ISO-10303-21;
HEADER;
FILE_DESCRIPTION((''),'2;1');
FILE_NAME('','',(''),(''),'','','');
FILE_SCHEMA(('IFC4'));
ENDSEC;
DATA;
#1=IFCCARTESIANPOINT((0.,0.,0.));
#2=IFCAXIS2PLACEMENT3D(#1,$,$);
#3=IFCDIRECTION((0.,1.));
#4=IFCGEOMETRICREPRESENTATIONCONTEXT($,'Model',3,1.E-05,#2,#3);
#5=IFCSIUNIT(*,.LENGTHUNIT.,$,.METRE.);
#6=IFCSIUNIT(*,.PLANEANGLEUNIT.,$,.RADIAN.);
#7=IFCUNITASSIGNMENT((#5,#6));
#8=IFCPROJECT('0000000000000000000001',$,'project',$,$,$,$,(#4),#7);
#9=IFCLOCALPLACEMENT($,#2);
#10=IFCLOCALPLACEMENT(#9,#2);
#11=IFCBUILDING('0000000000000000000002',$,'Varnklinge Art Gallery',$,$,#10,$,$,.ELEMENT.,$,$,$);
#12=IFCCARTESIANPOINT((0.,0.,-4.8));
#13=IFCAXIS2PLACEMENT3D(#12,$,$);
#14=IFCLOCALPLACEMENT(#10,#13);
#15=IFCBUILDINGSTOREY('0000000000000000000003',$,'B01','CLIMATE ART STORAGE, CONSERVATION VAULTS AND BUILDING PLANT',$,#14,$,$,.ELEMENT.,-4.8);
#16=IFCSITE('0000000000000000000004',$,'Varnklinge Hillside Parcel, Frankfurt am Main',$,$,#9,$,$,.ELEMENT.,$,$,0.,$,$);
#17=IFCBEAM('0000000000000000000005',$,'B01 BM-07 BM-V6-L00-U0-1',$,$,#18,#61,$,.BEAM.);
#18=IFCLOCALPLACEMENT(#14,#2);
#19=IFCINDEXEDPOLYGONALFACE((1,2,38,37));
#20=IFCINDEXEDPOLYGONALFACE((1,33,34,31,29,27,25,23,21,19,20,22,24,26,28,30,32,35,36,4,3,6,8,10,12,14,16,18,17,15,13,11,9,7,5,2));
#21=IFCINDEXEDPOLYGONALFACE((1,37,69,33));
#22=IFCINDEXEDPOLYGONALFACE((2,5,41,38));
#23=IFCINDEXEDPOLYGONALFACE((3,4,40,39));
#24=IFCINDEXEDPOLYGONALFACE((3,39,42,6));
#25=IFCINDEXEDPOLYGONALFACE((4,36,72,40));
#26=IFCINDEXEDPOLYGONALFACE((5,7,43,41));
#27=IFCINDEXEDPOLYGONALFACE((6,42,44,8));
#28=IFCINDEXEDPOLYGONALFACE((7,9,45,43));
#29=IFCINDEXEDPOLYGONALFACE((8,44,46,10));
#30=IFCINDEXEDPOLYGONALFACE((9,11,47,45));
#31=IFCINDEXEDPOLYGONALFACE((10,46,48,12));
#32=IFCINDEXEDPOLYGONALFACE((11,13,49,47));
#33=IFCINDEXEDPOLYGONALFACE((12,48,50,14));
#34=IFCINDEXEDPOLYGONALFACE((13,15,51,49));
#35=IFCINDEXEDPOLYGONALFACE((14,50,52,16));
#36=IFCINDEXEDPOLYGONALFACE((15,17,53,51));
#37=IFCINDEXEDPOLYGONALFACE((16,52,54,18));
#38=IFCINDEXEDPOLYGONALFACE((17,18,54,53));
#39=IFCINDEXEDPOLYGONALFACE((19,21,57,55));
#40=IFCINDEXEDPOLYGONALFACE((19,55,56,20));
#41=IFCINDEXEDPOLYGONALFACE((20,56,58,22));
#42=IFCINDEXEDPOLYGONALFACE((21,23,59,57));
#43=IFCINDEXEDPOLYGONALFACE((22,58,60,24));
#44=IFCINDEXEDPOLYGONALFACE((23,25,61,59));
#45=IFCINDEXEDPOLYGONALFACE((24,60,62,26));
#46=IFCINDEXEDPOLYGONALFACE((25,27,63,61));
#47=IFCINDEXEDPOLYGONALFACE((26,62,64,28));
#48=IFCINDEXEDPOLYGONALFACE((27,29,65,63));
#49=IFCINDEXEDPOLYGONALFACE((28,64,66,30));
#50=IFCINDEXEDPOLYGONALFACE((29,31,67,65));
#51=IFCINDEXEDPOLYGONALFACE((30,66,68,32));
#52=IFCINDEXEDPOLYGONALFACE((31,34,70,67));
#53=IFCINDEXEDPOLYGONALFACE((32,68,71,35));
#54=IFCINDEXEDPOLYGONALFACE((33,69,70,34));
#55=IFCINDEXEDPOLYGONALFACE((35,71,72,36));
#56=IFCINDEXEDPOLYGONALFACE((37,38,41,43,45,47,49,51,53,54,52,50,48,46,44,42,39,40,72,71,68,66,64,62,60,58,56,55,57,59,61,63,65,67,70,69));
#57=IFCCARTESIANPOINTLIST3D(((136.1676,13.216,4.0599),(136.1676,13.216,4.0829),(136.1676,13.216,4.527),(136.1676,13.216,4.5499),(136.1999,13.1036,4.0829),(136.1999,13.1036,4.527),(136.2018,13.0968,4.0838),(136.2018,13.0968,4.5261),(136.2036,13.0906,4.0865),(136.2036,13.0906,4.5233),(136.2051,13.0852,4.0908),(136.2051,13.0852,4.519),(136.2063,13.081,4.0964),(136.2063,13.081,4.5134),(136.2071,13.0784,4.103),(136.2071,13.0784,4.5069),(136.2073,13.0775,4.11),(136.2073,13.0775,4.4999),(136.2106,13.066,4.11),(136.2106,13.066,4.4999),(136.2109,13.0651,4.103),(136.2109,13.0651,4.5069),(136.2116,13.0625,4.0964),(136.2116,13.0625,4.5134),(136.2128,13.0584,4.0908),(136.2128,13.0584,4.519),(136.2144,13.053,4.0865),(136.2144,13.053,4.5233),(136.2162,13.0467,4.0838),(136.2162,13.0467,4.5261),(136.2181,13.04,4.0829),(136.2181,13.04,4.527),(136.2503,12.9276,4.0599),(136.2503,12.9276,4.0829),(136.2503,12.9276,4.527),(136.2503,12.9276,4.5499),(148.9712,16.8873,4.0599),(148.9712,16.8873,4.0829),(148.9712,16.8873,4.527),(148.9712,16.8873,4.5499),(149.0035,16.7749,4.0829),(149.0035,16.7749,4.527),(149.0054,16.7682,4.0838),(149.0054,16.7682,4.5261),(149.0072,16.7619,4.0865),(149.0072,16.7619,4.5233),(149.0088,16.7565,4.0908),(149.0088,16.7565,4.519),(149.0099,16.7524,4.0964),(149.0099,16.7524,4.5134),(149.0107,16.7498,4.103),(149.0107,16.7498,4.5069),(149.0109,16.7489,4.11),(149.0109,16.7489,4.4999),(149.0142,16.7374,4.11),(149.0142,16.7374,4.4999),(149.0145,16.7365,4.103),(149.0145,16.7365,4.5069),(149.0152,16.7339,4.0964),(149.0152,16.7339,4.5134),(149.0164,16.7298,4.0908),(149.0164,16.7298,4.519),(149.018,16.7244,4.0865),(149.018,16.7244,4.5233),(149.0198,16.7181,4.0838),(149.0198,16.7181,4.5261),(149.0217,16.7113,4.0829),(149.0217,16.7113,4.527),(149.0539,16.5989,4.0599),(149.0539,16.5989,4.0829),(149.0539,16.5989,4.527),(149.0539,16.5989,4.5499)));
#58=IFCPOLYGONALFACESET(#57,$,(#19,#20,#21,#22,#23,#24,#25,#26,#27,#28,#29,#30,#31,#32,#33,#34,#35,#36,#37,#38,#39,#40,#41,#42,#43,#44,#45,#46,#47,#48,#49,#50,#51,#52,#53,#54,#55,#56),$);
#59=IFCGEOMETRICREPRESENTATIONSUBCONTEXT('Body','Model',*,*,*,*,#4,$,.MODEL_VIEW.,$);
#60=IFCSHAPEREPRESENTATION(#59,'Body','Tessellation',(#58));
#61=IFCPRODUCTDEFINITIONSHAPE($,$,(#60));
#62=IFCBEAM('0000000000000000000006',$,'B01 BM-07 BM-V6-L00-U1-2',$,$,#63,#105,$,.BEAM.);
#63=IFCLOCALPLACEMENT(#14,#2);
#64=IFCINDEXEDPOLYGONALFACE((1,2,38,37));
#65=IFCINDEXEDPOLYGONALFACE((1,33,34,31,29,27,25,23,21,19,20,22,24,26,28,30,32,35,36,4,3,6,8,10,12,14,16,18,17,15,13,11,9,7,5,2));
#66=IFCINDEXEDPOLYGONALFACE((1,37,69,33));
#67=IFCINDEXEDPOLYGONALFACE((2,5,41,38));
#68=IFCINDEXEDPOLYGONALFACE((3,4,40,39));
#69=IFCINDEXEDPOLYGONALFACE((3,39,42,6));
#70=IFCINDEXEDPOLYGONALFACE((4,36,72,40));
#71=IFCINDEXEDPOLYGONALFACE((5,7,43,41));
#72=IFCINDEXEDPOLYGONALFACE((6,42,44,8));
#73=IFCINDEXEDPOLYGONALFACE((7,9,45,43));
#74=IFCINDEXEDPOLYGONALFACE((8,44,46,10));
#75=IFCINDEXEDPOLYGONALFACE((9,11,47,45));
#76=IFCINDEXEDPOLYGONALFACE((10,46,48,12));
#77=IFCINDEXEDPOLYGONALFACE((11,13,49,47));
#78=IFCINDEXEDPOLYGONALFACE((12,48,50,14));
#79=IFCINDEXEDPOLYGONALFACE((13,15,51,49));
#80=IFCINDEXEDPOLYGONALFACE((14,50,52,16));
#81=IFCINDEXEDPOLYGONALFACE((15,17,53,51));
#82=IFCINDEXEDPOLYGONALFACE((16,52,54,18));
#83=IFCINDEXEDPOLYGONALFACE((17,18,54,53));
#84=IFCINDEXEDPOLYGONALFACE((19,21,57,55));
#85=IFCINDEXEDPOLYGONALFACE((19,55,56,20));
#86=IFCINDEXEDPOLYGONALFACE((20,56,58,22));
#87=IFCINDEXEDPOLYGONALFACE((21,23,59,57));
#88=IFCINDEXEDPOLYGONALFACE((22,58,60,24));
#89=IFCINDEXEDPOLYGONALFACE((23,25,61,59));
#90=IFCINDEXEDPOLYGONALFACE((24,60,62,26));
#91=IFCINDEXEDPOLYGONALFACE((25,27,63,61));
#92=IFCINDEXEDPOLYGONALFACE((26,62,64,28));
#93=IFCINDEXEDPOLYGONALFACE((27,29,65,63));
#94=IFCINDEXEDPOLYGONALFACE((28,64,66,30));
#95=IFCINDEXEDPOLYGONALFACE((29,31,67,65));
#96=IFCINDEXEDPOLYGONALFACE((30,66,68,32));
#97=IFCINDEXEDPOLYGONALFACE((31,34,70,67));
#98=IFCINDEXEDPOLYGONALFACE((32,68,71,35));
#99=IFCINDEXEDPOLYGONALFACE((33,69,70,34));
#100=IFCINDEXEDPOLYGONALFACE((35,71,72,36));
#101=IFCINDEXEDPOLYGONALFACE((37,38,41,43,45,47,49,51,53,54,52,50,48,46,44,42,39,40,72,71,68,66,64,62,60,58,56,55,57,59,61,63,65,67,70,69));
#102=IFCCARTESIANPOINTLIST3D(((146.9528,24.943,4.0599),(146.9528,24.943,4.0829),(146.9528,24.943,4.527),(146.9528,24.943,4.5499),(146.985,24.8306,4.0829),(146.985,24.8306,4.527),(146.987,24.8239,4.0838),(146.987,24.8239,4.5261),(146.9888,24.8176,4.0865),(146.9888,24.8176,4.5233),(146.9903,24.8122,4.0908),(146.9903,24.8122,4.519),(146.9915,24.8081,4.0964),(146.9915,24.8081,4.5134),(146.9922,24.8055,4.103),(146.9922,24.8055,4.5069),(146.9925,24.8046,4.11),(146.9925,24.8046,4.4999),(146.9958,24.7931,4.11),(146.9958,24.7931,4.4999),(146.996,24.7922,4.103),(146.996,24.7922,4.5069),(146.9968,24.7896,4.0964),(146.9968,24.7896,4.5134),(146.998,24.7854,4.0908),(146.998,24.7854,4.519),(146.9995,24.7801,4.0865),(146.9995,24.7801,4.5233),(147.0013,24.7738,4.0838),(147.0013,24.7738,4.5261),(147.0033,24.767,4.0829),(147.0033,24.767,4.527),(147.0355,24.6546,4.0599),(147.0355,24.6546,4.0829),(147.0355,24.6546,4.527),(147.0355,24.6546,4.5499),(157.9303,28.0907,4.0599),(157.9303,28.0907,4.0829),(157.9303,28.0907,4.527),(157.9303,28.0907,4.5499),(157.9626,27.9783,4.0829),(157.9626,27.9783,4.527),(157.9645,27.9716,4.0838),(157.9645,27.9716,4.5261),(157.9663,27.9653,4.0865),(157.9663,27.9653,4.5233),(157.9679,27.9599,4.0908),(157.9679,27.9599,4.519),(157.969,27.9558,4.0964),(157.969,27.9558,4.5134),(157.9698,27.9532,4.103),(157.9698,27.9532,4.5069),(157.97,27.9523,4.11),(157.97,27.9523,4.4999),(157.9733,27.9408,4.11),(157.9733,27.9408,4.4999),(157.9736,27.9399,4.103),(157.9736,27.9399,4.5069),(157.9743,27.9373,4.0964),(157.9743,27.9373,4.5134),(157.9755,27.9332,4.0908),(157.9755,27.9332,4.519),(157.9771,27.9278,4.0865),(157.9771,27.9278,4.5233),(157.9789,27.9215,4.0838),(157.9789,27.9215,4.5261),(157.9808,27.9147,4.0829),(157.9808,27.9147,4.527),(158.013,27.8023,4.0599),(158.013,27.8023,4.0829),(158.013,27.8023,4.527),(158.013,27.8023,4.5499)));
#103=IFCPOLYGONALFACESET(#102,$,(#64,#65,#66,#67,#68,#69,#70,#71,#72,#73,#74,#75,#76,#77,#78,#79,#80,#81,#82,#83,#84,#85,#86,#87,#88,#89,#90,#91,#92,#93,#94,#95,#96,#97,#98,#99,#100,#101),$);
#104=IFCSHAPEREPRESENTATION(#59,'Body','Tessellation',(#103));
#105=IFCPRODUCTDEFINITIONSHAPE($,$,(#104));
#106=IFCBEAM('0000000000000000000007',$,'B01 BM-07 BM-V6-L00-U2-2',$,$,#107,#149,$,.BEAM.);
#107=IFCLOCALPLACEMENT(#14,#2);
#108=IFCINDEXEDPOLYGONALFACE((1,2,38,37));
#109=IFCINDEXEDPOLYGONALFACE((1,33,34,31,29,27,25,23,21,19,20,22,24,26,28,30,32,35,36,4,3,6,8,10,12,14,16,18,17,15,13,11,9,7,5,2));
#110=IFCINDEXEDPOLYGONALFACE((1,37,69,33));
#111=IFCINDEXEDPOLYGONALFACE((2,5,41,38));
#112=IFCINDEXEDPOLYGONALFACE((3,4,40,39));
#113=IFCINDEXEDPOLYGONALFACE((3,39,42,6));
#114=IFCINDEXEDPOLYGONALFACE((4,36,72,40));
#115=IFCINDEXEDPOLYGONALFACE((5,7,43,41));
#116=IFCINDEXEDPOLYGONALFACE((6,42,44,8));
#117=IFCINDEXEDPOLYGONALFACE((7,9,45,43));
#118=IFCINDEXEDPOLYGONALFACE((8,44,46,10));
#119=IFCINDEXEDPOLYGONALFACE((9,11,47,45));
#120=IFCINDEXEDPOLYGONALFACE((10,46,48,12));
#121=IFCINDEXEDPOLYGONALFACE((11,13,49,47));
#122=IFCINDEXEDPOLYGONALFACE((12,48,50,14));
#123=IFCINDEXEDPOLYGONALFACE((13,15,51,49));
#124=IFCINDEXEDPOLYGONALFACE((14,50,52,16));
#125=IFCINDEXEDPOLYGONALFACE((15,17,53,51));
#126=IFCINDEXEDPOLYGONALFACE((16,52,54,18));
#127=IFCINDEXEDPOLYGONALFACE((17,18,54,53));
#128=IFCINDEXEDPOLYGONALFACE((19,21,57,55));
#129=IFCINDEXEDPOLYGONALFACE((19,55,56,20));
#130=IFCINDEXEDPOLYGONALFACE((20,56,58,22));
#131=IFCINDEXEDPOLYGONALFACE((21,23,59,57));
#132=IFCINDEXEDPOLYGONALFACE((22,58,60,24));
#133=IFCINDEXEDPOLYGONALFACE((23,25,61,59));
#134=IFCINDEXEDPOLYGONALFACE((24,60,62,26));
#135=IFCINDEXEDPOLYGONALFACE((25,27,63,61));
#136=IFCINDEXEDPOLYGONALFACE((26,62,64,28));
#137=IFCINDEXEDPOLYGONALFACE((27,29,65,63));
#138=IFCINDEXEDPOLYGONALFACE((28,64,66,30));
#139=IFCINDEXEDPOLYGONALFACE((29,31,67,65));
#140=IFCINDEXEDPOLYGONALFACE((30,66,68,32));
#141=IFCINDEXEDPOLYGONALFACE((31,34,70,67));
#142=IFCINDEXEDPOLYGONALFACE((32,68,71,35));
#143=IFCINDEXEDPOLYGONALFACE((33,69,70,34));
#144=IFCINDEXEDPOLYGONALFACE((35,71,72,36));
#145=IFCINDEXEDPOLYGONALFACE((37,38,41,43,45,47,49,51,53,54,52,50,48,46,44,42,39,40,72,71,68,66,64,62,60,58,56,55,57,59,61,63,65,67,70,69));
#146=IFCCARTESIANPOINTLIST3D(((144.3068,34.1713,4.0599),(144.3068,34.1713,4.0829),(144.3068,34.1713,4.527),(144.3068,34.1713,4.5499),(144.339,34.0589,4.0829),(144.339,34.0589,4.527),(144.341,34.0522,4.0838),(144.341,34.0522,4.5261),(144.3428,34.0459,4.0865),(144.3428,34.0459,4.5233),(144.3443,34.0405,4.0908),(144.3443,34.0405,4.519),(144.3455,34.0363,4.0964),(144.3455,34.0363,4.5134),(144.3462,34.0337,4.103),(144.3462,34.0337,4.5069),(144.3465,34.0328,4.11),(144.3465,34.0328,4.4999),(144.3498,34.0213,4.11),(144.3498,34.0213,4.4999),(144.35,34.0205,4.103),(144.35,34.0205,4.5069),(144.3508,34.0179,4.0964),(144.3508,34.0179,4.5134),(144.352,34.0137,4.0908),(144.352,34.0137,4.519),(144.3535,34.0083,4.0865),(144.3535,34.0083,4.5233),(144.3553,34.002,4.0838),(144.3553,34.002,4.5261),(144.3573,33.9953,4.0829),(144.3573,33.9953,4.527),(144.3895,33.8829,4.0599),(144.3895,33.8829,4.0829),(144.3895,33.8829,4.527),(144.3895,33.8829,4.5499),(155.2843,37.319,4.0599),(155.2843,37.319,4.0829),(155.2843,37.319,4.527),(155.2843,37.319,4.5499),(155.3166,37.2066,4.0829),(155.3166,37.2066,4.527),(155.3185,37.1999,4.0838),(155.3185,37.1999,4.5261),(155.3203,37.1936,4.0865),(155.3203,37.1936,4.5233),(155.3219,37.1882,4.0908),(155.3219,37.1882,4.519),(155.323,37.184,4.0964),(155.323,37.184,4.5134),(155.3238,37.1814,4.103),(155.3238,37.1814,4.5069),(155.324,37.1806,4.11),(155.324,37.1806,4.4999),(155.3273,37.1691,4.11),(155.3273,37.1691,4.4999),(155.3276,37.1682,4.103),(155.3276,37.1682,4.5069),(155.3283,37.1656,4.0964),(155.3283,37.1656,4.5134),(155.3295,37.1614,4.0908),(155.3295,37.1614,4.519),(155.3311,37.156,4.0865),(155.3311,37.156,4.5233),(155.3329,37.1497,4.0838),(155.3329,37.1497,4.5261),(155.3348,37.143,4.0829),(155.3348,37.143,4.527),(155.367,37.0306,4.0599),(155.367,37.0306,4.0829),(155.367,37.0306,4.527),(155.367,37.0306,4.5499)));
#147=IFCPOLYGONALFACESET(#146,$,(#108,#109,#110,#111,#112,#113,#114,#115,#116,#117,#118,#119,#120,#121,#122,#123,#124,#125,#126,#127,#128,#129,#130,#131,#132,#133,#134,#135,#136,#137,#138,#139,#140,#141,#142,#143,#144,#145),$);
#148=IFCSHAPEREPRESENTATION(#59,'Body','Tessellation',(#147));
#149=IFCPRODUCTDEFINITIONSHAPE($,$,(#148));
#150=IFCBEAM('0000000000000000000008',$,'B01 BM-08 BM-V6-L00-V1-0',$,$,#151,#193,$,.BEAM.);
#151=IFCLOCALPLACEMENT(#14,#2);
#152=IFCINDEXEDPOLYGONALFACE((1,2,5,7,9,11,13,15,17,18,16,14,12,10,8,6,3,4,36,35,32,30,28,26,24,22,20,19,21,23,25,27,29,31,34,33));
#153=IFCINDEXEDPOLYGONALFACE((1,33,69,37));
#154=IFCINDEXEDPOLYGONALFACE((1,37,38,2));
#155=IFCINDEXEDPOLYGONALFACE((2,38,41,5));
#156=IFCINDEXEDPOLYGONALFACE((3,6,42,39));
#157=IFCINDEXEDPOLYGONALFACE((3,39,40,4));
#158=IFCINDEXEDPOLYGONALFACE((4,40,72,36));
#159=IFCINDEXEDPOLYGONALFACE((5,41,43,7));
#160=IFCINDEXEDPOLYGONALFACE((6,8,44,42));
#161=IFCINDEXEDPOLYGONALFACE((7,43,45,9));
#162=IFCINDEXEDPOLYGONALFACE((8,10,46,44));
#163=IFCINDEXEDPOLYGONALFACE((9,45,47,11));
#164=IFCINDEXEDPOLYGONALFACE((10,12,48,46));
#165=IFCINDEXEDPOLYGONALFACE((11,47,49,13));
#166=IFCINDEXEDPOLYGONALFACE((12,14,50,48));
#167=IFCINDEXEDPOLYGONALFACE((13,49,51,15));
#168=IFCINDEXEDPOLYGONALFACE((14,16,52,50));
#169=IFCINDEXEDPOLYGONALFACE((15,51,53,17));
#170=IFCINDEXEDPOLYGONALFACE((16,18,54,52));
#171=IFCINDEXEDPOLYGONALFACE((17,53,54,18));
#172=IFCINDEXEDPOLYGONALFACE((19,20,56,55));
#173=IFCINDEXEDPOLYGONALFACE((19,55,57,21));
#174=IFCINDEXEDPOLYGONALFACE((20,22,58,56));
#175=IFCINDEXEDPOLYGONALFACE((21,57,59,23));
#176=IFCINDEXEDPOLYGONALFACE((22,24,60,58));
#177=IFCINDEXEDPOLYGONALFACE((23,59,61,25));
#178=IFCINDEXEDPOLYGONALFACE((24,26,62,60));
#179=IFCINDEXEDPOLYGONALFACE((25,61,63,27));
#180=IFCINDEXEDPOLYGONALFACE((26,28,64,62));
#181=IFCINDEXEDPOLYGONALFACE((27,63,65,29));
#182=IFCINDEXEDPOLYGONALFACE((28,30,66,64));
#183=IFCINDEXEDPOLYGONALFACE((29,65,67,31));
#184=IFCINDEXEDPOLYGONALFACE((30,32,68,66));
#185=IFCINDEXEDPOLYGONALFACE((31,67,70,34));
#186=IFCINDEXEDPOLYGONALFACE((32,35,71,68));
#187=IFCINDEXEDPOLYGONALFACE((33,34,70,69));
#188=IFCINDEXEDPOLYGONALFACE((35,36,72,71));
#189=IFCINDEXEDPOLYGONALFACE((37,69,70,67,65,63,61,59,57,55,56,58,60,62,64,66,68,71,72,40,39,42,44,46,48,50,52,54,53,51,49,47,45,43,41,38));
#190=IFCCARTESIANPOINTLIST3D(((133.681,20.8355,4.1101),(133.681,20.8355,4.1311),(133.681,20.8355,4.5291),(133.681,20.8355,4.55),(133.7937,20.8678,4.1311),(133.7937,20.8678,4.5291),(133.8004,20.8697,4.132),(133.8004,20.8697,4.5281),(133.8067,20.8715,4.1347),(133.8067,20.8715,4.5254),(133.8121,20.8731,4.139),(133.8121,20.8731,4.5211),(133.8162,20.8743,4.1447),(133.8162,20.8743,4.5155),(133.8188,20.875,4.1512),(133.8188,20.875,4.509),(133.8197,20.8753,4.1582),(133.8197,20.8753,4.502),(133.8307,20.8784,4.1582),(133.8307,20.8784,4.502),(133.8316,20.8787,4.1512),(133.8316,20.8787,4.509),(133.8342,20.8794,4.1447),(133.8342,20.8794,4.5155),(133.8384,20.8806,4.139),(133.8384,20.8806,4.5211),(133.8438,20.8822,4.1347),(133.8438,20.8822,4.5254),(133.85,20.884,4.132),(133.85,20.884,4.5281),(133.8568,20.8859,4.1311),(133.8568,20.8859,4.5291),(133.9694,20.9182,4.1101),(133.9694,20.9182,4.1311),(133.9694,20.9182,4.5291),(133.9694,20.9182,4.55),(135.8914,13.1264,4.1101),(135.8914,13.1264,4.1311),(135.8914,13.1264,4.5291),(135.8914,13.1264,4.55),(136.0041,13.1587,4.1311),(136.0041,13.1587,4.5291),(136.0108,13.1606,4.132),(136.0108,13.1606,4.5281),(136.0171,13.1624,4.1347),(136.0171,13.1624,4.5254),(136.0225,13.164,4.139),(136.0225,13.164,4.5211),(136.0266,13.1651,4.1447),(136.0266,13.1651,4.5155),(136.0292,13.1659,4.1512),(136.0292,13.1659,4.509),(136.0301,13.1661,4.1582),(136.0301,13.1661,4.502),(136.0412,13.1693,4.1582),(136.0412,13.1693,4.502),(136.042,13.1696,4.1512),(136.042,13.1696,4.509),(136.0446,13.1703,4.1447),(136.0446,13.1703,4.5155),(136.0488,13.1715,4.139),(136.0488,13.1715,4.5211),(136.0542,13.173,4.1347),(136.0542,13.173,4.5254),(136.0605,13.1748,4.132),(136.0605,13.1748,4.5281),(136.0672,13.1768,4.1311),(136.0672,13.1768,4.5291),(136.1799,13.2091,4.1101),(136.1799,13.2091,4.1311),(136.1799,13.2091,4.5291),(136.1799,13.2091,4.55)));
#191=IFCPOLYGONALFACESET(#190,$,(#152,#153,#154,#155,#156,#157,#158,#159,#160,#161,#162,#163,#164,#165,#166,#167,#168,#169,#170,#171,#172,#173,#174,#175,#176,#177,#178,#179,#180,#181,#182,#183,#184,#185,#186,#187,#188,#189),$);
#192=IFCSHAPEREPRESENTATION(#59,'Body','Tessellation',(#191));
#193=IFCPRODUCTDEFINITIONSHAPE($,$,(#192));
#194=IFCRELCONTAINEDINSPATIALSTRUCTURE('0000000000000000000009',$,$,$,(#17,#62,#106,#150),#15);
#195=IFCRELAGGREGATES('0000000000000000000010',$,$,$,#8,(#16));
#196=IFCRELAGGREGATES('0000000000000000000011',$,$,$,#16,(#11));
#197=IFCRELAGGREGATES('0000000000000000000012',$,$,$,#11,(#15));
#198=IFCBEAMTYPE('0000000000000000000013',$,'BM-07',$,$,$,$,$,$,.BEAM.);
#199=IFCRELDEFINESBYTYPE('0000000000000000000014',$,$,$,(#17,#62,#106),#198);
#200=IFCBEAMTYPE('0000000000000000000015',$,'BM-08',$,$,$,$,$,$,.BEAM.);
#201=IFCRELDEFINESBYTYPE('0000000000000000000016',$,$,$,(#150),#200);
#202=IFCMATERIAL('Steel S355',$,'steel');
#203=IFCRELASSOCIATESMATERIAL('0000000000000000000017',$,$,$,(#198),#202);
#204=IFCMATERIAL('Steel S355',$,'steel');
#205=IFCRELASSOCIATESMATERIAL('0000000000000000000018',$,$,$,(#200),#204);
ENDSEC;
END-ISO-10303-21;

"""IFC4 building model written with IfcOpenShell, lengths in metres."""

from ifc_helpers import new_model, si_unit, direction, frame, origin, origin_2d, place, context, subcontext, project, spatial, i_section, extrude, material, material_profile, profile_set, type_object, element, save


model = new_model("IFC4")

# Units and contexts
model_context = context("Model", 3, precision=1e-05, world=origin(), true_north=direction((0.0, 1.0)))
body_context = subcontext(model_context, "Body", "Model", "MODEL_VIEW")
ifc_project = project(units=[si_unit("LENGTHUNIT", "METRE"), si_unit("PLANEANGLEUNIT", "RADIAN")], contexts=[model_context])

# Site, building, storey
site_placement = place(None, origin())
site = spatial("IfcSite", under=ifc_project, at=site_placement, Name="Varnklinge Hillside Parcel, Frankfurt am Main", CompositionType="ELEMENT", RefElevation=0.0)
building_placement = place(site_placement, origin())
building = spatial("IfcBuilding", under=site, at=building_placement, Name="Varnklinge Art Gallery", CompositionType="ELEMENT")
storey_placement = place(building_placement, frame((0.0, 0.0, -4.8)))
storey = spatial("IfcBuildingStorey", under=building, at=storey_placement, Name="B01", Description="CLIMATE ART STORAGE, CONSERVATION VAULTS AND BUILDING PLANT", CompositionType="ELEMENT", Elevation=-4.8)

# Beams
ifc_material_1 = material(Name="Steel S355", Category="steel")
ifc_material_profile_1 = material_profile(ifc_material_1, i_section(OverallWidth=0.3, OverallDepth=0.49, WebThickness=0.012, FlangeThickness=0.0229, FilletRadius=0.0271, at=origin_2d()), Name="HEA 500")
ifc_profile_set_1 = profile_set([ifc_material_profile_1], Name="Steel S355")
beam_type_1 = type_object("IfcBeamType", Name="BM-07", PredefinedType="BEAM", material=ifc_profile_set_1)
beam_1_placement = place(storey_placement, frame((136.209, 13.0718, 4.3049), z_axis=(0.961262, 0.275636, 0.0), x_axis=(-0.275636, 0.961262, 0.0)))
element("IfcBeam", 1, at=beam_1_placement, inside=storey, type_object=beam_type_1, Name="B01 BM-07 BM-V6-L00-U0-1", PredefinedType="BEAM", context=body_context, shape_type="SweptSolid", body=[
    extrude(i_section(OverallWidth=0.3, OverallDepth=0.49, WebThickness=0.012, FlangeThickness=0.0229, FilletRadius=0.0271, at=origin_2d()), origin(), (0.0, 0.0, 1.0), 13.3196),
])
for number, where, z_axis, x_axis, name in (
    (2, (146.9941, 24.7988, 4.3049), (0.961263, 0.275633, 0.0), (-0.275633, 0.961263, 0.0), "B01 BM-07 BM-V6-L00-U1-2"),
    (3, (144.3481, 34.0271, 4.3049), (0.961263, 0.275633, 0.0), (-0.275633, 0.961263, 0.0), "B01 BM-07 BM-V6-L00-U2-2"),
):
    element("IfcBeam", number, at=place(storey_placement, frame(where, z_axis=z_axis, x_axis=x_axis)), inside=storey, type_object=beam_type_1, Name=name, PredefinedType="BEAM", context=body_context, shape_type="SweptSolid", body=[
        extrude(i_section(OverallWidth=0.3, OverallDepth=0.49, WebThickness=0.012, FlangeThickness=0.0229, FilletRadius=0.0271, at=origin_2d()), origin(), (0.0, 0.0, 1.0), 11.4199),
    ])
ifc_material_2 = material(Name="Steel S355", Category="steel")
ifc_material_profile_2 = material_profile(ifc_material_2, i_section(OverallWidth=0.3, OverallDepth=0.4399, WebThickness=0.0115, FlangeThickness=0.021, FilletRadius=0.0271, at=origin_2d()), Name="HEA 450")
ifc_profile_set_2 = profile_set([ifc_material_profile_2], Name="Steel S355")
beam_type_2 = type_object("IfcBeamType", Name="BM-08", PredefinedType="BEAM", material=ifc_profile_set_2)
beam_2_placement = place(storey_placement, frame((136.0356, 13.1677, 4.3301), z_axis=(-0.275622, 0.961266, 0.0), x_axis=(-0.961266, -0.275622, 0.0)))
element("IfcBeam", 4, at=beam_2_placement, inside=storey, type_object=beam_type_2, Name="B01 BM-08 BM-V6-L00-V1-0", PredefinedType="BEAM", context=body_context, shape_type="SweptSolid", body=[
    extrude(i_section(OverallWidth=0.3, OverallDepth=0.4399, WebThickness=0.0115, FlangeThickness=0.021, FilletRadius=0.0271, at=origin_2d()), origin(), (0.0, 0.0, 1.0), 8.0198),
])

save(model, "model.ifc")
